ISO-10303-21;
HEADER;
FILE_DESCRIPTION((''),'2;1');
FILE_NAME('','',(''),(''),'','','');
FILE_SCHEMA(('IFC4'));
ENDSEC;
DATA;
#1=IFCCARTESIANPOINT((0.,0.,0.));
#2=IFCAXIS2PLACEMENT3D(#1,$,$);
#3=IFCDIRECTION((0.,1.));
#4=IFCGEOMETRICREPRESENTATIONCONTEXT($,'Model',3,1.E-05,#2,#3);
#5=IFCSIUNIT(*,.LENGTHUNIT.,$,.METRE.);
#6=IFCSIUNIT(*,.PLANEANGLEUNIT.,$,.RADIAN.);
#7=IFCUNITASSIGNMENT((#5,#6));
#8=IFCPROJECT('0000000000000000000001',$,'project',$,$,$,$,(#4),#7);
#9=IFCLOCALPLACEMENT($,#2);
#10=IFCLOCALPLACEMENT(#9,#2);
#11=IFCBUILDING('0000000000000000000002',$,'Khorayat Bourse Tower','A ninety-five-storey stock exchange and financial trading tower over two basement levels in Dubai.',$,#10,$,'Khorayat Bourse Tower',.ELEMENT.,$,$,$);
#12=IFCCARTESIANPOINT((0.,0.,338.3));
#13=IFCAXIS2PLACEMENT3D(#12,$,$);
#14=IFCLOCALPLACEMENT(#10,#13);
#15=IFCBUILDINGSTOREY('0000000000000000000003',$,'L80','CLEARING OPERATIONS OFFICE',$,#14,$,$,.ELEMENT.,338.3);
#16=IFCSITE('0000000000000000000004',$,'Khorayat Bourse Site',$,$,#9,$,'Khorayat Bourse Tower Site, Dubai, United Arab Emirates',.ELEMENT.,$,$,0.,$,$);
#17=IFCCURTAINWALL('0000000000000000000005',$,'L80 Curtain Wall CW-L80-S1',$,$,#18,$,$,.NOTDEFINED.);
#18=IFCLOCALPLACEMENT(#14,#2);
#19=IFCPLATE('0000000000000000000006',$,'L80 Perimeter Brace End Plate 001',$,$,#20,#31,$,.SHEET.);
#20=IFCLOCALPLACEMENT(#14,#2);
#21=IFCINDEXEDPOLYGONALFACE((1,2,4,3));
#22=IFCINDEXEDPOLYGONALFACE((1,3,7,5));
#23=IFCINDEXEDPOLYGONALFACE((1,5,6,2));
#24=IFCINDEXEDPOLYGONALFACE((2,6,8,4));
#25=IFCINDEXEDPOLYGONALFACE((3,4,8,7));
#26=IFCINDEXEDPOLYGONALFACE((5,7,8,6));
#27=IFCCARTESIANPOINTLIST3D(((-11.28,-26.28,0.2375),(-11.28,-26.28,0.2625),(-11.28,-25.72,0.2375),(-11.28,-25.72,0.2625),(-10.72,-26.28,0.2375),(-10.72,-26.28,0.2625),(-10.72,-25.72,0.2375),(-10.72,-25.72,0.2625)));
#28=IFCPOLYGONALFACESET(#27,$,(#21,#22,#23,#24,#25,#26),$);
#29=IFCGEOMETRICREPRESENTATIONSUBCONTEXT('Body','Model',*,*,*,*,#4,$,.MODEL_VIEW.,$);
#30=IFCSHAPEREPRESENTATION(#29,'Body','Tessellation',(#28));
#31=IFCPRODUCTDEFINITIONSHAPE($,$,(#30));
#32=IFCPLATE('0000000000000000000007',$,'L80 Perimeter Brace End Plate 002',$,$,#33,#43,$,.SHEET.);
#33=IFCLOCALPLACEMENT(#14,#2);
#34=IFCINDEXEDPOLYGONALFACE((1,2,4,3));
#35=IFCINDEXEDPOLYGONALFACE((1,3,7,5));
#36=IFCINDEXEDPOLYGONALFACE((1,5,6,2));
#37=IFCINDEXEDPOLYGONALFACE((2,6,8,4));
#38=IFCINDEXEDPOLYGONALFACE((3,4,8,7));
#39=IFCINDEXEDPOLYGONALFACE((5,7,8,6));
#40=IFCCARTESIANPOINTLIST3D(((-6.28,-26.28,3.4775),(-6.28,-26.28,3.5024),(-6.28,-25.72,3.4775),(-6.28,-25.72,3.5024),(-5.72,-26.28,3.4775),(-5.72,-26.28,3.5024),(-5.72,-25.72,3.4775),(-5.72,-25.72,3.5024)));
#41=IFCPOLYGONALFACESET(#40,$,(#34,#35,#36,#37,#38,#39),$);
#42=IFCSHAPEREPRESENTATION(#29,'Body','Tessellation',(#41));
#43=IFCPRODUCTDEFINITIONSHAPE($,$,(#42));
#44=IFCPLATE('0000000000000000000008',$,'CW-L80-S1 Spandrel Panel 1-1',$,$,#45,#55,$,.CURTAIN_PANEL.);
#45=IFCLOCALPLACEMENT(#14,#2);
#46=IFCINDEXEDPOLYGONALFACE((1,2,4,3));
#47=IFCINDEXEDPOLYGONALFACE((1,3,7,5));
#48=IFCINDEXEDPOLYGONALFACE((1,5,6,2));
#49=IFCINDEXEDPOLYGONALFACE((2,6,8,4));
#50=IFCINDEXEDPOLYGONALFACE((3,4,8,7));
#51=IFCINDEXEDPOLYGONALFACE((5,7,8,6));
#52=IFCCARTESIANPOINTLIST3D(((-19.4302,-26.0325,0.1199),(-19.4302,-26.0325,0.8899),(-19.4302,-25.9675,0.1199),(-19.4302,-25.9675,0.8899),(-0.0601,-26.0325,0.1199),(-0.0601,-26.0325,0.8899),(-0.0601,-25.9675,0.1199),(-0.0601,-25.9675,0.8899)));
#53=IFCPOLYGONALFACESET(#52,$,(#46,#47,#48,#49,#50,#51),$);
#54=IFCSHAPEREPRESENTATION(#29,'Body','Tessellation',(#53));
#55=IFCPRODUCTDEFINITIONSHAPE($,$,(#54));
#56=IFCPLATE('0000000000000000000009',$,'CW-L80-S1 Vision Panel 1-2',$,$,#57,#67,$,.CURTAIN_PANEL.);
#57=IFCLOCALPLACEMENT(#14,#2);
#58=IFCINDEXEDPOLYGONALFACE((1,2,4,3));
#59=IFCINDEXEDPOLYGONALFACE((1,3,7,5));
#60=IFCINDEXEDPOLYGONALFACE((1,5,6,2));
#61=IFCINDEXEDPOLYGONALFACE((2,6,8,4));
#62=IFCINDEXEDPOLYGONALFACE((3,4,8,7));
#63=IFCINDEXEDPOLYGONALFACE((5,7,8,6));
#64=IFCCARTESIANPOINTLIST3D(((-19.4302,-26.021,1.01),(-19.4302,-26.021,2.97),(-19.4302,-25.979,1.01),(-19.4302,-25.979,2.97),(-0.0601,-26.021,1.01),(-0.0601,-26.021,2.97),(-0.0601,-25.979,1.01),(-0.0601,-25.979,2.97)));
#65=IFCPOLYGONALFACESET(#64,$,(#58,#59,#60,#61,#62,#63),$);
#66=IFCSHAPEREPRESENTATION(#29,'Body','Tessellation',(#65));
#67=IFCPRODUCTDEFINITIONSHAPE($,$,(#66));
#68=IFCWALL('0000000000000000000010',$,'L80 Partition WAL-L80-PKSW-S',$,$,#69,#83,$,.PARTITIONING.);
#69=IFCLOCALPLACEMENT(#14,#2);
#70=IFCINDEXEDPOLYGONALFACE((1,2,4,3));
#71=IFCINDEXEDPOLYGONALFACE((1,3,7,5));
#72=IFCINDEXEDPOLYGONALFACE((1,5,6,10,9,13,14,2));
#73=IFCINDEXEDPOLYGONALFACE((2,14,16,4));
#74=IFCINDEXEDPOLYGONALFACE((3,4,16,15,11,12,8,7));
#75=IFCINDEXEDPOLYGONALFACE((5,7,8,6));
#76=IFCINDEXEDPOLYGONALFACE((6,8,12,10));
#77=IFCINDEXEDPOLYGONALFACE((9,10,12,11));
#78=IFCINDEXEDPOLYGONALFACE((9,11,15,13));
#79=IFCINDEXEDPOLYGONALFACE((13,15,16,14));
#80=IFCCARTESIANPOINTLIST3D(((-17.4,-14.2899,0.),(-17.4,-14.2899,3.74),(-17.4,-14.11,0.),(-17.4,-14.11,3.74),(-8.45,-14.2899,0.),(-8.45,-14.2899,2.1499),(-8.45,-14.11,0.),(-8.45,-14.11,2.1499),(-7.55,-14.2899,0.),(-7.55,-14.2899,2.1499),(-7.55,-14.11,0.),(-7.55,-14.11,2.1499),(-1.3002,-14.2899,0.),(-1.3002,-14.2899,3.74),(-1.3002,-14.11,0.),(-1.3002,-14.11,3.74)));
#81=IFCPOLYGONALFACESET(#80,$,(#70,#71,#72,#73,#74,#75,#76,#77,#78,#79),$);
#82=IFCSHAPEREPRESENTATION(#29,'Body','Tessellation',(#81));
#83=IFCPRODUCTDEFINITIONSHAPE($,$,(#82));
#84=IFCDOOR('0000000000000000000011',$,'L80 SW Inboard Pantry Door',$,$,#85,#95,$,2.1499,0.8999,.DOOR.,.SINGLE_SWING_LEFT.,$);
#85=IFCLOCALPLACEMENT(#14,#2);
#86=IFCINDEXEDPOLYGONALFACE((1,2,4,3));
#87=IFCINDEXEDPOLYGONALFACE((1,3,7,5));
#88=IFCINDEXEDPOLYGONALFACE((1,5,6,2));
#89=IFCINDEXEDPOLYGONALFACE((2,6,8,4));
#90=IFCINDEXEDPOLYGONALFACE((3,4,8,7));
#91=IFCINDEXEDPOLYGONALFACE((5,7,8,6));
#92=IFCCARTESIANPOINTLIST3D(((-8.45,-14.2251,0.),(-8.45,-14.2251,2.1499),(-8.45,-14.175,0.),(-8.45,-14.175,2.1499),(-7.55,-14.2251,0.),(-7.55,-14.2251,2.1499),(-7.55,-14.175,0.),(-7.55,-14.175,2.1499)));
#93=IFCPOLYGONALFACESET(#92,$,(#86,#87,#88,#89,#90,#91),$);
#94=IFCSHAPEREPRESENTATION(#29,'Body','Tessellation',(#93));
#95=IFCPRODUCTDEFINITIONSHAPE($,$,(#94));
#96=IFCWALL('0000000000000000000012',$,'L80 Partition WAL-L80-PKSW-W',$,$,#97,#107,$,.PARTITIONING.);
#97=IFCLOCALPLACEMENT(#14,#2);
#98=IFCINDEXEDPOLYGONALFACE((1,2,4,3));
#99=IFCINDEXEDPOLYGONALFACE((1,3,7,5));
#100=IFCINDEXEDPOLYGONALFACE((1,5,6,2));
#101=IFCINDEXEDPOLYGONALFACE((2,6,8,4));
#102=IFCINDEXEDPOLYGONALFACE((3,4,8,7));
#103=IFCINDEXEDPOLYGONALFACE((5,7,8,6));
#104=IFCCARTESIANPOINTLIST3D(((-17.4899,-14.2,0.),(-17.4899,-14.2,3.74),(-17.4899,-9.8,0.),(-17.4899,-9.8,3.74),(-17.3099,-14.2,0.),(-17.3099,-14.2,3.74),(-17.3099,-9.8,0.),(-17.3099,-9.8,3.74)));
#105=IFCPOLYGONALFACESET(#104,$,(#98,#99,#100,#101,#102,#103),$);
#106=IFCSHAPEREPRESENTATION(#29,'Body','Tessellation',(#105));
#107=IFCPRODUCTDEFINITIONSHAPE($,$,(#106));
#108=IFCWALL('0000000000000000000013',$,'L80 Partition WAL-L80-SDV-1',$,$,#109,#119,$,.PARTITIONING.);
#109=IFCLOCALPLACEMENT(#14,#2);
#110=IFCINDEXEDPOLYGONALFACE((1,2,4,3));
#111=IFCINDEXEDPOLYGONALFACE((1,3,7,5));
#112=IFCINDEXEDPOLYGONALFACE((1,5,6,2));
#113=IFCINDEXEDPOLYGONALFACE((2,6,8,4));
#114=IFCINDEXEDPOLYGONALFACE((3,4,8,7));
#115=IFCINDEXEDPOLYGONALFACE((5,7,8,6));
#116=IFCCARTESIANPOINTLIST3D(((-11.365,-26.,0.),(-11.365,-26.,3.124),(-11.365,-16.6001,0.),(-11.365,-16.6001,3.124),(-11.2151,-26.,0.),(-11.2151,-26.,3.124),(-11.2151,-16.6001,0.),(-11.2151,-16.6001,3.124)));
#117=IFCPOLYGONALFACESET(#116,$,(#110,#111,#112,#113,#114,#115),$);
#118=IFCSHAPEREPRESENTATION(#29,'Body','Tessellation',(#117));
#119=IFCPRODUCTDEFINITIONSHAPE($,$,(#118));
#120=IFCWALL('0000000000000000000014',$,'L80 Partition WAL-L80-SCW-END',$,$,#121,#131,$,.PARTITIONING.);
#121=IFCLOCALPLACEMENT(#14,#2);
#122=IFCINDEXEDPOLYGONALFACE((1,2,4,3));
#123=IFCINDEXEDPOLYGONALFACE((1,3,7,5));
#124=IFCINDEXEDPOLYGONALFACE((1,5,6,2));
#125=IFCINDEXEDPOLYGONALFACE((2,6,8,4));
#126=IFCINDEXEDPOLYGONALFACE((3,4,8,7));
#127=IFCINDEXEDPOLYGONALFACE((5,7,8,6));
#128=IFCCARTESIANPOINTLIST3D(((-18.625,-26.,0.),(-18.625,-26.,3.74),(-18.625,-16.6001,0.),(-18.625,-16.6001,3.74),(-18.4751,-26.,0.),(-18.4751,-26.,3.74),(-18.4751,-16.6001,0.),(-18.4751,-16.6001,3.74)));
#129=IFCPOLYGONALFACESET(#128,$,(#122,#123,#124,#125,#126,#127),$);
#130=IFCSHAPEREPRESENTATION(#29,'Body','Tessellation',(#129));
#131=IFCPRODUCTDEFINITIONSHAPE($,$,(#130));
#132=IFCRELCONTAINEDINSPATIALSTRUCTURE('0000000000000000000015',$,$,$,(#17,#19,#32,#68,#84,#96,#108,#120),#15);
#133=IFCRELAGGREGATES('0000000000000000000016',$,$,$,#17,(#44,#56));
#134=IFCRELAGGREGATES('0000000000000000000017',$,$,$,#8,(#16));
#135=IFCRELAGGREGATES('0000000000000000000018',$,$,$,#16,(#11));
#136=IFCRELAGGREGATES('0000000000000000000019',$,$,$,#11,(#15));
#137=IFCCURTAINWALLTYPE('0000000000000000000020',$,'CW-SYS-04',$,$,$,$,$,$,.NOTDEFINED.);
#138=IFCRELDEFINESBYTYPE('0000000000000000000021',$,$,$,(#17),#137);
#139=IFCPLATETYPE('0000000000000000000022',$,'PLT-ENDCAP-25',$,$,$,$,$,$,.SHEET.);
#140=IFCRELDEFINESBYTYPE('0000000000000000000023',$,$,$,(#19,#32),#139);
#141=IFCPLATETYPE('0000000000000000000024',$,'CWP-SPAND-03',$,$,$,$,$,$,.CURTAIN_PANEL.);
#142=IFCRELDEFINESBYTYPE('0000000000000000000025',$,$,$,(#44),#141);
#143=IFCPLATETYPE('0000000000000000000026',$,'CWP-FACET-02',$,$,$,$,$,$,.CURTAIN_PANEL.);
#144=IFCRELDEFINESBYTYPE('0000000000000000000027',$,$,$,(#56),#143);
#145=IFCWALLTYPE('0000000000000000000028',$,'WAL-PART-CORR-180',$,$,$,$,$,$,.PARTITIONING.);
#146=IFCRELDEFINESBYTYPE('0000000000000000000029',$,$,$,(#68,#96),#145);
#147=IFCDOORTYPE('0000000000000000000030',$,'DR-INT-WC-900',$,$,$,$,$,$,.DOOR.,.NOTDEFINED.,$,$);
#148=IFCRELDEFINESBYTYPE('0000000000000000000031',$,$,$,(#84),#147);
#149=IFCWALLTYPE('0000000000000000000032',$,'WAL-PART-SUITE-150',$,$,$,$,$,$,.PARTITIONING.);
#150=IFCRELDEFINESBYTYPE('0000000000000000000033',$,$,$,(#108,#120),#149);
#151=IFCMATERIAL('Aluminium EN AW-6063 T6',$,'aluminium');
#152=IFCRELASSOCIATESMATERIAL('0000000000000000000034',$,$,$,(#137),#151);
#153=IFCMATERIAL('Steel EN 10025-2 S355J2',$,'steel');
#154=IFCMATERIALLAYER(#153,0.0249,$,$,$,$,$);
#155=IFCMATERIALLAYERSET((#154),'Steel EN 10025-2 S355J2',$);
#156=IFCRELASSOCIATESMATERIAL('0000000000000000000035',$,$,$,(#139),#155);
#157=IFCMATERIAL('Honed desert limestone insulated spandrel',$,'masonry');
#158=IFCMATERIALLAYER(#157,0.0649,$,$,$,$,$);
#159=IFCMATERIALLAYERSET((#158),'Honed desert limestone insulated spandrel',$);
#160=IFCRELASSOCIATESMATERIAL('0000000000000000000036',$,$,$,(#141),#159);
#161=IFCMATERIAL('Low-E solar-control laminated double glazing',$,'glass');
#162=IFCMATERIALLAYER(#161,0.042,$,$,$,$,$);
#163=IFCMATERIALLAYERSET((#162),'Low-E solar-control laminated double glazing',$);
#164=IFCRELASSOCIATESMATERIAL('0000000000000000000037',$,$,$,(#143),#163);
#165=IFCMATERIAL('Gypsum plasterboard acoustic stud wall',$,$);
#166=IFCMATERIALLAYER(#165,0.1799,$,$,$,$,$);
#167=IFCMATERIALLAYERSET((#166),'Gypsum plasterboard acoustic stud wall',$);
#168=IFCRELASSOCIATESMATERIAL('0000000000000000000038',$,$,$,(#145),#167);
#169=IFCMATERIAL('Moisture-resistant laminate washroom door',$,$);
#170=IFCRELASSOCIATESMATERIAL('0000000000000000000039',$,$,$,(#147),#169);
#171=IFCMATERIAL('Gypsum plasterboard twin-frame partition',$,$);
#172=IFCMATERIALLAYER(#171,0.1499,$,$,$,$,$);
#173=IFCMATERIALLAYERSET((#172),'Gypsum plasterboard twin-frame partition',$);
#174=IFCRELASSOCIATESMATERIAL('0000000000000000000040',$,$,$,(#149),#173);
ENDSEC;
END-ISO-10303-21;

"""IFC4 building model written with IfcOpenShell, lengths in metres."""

from ifc_helpers import new_model, si_unit, direction, frame, frame_2d, origin, origin_2d, place, context, subcontext, project, spatial, rectangle, extrude, source, transform, mapped, material, layer, layer_set, type_object, element, fill, aggregate, save


model = new_model("IFC4")

# Units and contexts
model_context = context("Model", 3, precision=1e-05, world=origin(), true_north=direction((0.0, 1.0)))
body_context = subcontext(model_context, "Body", "Model", "MODEL_VIEW")
ifc_project = project(units=[si_unit("LENGTHUNIT", "METRE"), si_unit("PLANEANGLEUNIT", "RADIAN")], contexts=[model_context])

# Site, building, storey
site_placement = place(None, origin())
site = spatial("IfcSite", under=ifc_project, at=site_placement, Name="Khorayat Bourse Site", LongName="Khorayat Bourse Tower Site, Dubai, United Arab Emirates", CompositionType="ELEMENT", RefElevation=0.0)
building_placement = place(site_placement, origin())
building = spatial("IfcBuilding", under=site, at=building_placement, Name="Khorayat Bourse Tower", Description="A ninety-five-storey stock exchange and financial trading tower over two basement levels in Dubai.", LongName="Khorayat Bourse Tower", CompositionType="ELEMENT")
storey_placement = place(building_placement, frame((0.0, 0.0, 338.3)))
storey = spatial("IfcBuildingStorey", under=building, at=storey_placement, Name="L80", Description="CLEARING OPERATIONS OFFICE", CompositionType="ELEMENT", Elevation=338.3)

# Shared definitions
ifc_material_1 = material(Name="Steel EN 10025-2 S355J2", Category="steel")

# Curtain wall
ifc_material_2 = material(Name="Aluminium EN AW-6063 T6", Category="aluminium")
curtain_wall_type = type_object("IfcCurtainWallType", Name="CW-SYS-04", PredefinedType="NOTDEFINED", material=ifc_material_2)
curtain_wall_placement = place(storey_placement, origin())
curtain_wall = element("IfcCurtainWall", 1, at=curtain_wall_placement, inside=storey, type_object=curtain_wall_type, Name="L80 Curtain Wall CW-L80-S1", PredefinedType="NOTDEFINED")

# Plates
ifc_layer_1 = layer(ifc_material_1, 0.0249)
ifc_layer_set_1 = layer_set([ifc_layer_1], Name="Steel EN 10025-2 S355J2")
plate_type_1 = type_object("IfcPlateType", Name="PLT-ENDCAP-25", PredefinedType="SHEET", material=ifc_layer_set_1)
shared_shape_1 = source(origin(), body_context, "Body", "SweptSolid", [
    extrude(rectangle(XDim=0.5601, YDim=0.5601, at=origin_2d()), origin(), (0.0, 0.0, 1.0), 0.0249),
])
for number, where, z_axis, x_axis, name in (
    (2, (-11.0, -26.0, 0.2375), (0.0, 0.0, 1.0), (1.0, 0.0, 0.0), "L80 Perimeter Brace End Plate 001"),
    (3, (-6.0, -26.0, 3.4775), (0.0, 0.0, 1.0), (1.0, 0.0, 0.0), "L80 Perimeter Brace End Plate 002"),
):
    element("IfcPlate", number, at=place(storey_placement, frame(where, z_axis=z_axis, x_axis=x_axis)), inside=storey, type_object=plate_type_1, Name=name, PredefinedType="SHEET", context=body_context, shape_type="MappedRepresentation", body=[
        mapped(shared_shape_1, transform((0.0, 0.0, 0.0), scale=1.0)),
    ])

# Plates
ifc_material_3 = material(Name="Honed desert limestone insulated spandrel", Category="masonry")
ifc_layer_2 = layer(ifc_material_3, 0.0649)
ifc_layer_set_2 = layer_set([ifc_layer_2], Name="Honed desert limestone insulated spandrel")
plate_type_2 = type_object("IfcPlateType", Name="CWP-SPAND-03", PredefinedType="CURTAIN_PANEL", material=ifc_layer_set_2)
shared_shape_2 = source(origin(), body_context, "Body", "SweptSolid", [
    extrude(rectangle(XDim=19.3701, YDim=0.0649, at=origin_2d()), origin(), (0.0, 0.0, 1.0), 0.77),
])
plate_1_placement = place(storey_placement, frame((-9.7451, -26.0, 0.1199), z_axis=(0.0, 0.0, 1.0), x_axis=(1.0, 0.0, 0.0)))
plate_1 = element("IfcPlate", 4, at=plate_1_placement, type_object=plate_type_2, Name="CW-L80-S1 Spandrel Panel 1-1", PredefinedType="CURTAIN_PANEL", context=body_context, shape_type="MappedRepresentation", body=[
    mapped(shared_shape_2, transform((0.0, 0.0, 0.0), scale=1.0)),
])
ifc_material_4 = material(Name="Low-E solar-control laminated double glazing", Category="glass")
ifc_layer_3 = layer(ifc_material_4, 0.042)
ifc_layer_set_3 = layer_set([ifc_layer_3], Name="Low-E solar-control laminated double glazing")
plate_type_3 = type_object("IfcPlateType", Name="CWP-FACET-02", PredefinedType="CURTAIN_PANEL", material=ifc_layer_set_3)
shared_shape_3 = source(origin(), body_context, "Body", "SweptSolid", [
    extrude(rectangle(XDim=19.3701, YDim=0.042, at=origin_2d()), origin(), (0.0, 0.0, 1.0), 1.96),
])
plate_2_placement = place(storey_placement, frame((-9.7451, -26.0, 1.01), z_axis=(0.0, 0.0, 1.0), x_axis=(1.0, 0.0, 0.0)))
plate_2 = element("IfcPlate", 5, at=plate_2_placement, type_object=plate_type_3, Name="CW-L80-S1 Vision Panel 1-2", PredefinedType="CURTAIN_PANEL", context=body_context, shape_type="MappedRepresentation", body=[
    mapped(shared_shape_3, transform((0.0, 0.0, 0.0), scale=1.0)),
])
aggregate(curtain_wall, [plate_1, plate_2])

# Wall, opening, door
ifc_material_5 = material(Name="Gypsum plasterboard acoustic stud wall")
ifc_layer_4 = layer(ifc_material_5, 0.1799)
ifc_layer_set_4 = layer_set([ifc_layer_4], Name="Gypsum plasterboard acoustic stud wall")
wall_type_1 = type_object("IfcWallType", Name="WAL-PART-CORR-180", PredefinedType="PARTITIONING", material=ifc_layer_set_4)
shared_shape_4 = source(origin(), body_context, "Body", "SweptSolid", [
    extrude(rectangle(XDim=16.0999, YDim=0.1799, at=frame_2d((8.0498, 0.0))), origin(), (0.0, 0.0, 1.0), 3.74),
])
wall_1_placement = place(storey_placement, frame((-17.3999, -14.2, 0.0), z_axis=(0.0, 0.0, 1.0), x_axis=(1.0, 0.0, 0.0)))
wall_1 = element("IfcWall", 6, at=wall_1_placement, inside=storey, type_object=wall_type_1, Name="L80 Partition WAL-L80-PKSW-S", PredefinedType="PARTITIONING", context=body_context, shape_type="MappedRepresentation", body=[
    mapped(shared_shape_4, transform((0.0, 0.0, 0.0), scale=1.0)),
])
shared_shape_5 = source(origin(), body_context, "Body", "SweptSolid", [
    extrude(rectangle(XDim=0.8999, YDim=2.1499, at=frame_2d((0.45, 1.075))), frame((0.0, 0.0999, 0.0), z_axis=(0.0, -1.0, 0.0), x_axis=(1.0, 0.0, 0.0)), (0.0, 0.0, 1.0), 0.2),
])
opening_1_placement = place(wall_1_placement, frame((8.95, 0.0, 0.0)))
opening_1 = element("IfcOpeningElement", 7, at=opening_1_placement, cuts=wall_1, PredefinedType="OPENING", context=body_context, shape_type="MappedRepresentation", body=[
    mapped(shared_shape_5, transform((0.0, 0.0, 0.0), scale=1.0)),
])
ifc_material_6 = material(Name="Moisture-resistant laminate washroom door")
door_type_1 = type_object("IfcDoorType", Name="DR-INT-WC-900", OperationType="NOTDEFINED", PredefinedType="DOOR", material=ifc_material_6)
shared_shape_6 = source(origin(), body_context, "Body", "SweptSolid", [
    extrude(rectangle(XDim=0.8999, YDim=2.1499, at=frame_2d((0.45, 1.075))), frame((0.0, 0.0249, 0.0), z_axis=(0.0, -1.0, 0.0), x_axis=(1.0, 0.0, 0.0)), (0.0, 0.0, 1.0), 0.05),
])
door_1_placement = place(opening_1_placement, origin())
door_1 = element("IfcDoor", 8, at=door_1_placement, inside=storey, type_object=door_type_1, Name="L80 SW Inboard Pantry Door", OperationType="SINGLE_SWING_LEFT", OverallHeight=2.1499, OverallWidth=0.8999, PredefinedType="DOOR", context=body_context, shape_type="MappedRepresentation", body=[
    mapped(shared_shape_6, transform((0.0, 0.0, 0.0), scale=1.0)),
])
fill(opening_1, door_1)

# Walls
shared_shape_7 = source(origin(), body_context, "Body", "SweptSolid", [
    extrude(rectangle(XDim=4.3999, YDim=0.1799, at=frame_2d((2.2, 0.0))), origin(), (0.0, 0.0, 1.0), 3.74),
])
wall_2_placement = place(storey_placement, frame((-17.3999, -14.2, 0.0), z_axis=(0.0, 0.0, 1.0), x_axis=(0.0, 1.0, 0.0)))
element("IfcWall", 9, at=wall_2_placement, inside=storey, type_object=wall_type_1, Name="L80 Partition WAL-L80-PKSW-W", PredefinedType="PARTITIONING", context=body_context, shape_type="MappedRepresentation", body=[
    mapped(shared_shape_7, transform((0.0, 0.0, 0.0), scale=1.0)),
])
ifc_material_7 = material(Name="Gypsum plasterboard twin-frame partition")
ifc_layer_5 = layer(ifc_material_7, 0.1499)
ifc_layer_set_5 = layer_set([ifc_layer_5], Name="Gypsum plasterboard twin-frame partition")
wall_type_2 = type_object("IfcWallType", Name="WAL-PART-SUITE-150", PredefinedType="PARTITIONING", material=ifc_layer_set_5)
shared_shape_8 = source(origin(), body_context, "Body", "SweptSolid", [
    extrude(rectangle(XDim=9.3999, YDim=0.1499, at=frame_2d((4.7, 0.0))), origin(), (0.0, 0.0, 1.0), 3.124),
])
wall_3_placement = place(storey_placement, frame((-11.29, -26.0, 0.0), z_axis=(0.0, 0.0, 1.0), x_axis=(0.0, 1.0, 0.0)))
element("IfcWall", 10, at=wall_3_placement, inside=storey, type_object=wall_type_2, Name="L80 Partition WAL-L80-SDV-1", PredefinedType="PARTITIONING", context=body_context, shape_type="MappedRepresentation", body=[
    mapped(shared_shape_8, transform((0.0, 0.0, 0.0), scale=1.0)),
])
shared_shape_9 = source(origin(), body_context, "Body", "SweptSolid", [
    extrude(rectangle(XDim=9.3999, YDim=0.1499, at=frame_2d((4.7, 0.0))), origin(), (0.0, 0.0, 1.0), 3.74),
])
wall_4_placement = place(storey_placement, frame((-18.55, -26.0, 0.0), z_axis=(0.0, 0.0, 1.0), x_axis=(0.0, 1.0, 0.0)))
element("IfcWall", 11, at=wall_4_placement, inside=storey, type_object=wall_type_2, Name="L80 Partition WAL-L80-SCW-END", PredefinedType="PARTITIONING", context=body_context, shape_type="MappedRepresentation", body=[
    mapped(shared_shape_9, transform((0.0, 0.0, 0.0), scale=1.0)),
])

save(model, "model.ifc")
